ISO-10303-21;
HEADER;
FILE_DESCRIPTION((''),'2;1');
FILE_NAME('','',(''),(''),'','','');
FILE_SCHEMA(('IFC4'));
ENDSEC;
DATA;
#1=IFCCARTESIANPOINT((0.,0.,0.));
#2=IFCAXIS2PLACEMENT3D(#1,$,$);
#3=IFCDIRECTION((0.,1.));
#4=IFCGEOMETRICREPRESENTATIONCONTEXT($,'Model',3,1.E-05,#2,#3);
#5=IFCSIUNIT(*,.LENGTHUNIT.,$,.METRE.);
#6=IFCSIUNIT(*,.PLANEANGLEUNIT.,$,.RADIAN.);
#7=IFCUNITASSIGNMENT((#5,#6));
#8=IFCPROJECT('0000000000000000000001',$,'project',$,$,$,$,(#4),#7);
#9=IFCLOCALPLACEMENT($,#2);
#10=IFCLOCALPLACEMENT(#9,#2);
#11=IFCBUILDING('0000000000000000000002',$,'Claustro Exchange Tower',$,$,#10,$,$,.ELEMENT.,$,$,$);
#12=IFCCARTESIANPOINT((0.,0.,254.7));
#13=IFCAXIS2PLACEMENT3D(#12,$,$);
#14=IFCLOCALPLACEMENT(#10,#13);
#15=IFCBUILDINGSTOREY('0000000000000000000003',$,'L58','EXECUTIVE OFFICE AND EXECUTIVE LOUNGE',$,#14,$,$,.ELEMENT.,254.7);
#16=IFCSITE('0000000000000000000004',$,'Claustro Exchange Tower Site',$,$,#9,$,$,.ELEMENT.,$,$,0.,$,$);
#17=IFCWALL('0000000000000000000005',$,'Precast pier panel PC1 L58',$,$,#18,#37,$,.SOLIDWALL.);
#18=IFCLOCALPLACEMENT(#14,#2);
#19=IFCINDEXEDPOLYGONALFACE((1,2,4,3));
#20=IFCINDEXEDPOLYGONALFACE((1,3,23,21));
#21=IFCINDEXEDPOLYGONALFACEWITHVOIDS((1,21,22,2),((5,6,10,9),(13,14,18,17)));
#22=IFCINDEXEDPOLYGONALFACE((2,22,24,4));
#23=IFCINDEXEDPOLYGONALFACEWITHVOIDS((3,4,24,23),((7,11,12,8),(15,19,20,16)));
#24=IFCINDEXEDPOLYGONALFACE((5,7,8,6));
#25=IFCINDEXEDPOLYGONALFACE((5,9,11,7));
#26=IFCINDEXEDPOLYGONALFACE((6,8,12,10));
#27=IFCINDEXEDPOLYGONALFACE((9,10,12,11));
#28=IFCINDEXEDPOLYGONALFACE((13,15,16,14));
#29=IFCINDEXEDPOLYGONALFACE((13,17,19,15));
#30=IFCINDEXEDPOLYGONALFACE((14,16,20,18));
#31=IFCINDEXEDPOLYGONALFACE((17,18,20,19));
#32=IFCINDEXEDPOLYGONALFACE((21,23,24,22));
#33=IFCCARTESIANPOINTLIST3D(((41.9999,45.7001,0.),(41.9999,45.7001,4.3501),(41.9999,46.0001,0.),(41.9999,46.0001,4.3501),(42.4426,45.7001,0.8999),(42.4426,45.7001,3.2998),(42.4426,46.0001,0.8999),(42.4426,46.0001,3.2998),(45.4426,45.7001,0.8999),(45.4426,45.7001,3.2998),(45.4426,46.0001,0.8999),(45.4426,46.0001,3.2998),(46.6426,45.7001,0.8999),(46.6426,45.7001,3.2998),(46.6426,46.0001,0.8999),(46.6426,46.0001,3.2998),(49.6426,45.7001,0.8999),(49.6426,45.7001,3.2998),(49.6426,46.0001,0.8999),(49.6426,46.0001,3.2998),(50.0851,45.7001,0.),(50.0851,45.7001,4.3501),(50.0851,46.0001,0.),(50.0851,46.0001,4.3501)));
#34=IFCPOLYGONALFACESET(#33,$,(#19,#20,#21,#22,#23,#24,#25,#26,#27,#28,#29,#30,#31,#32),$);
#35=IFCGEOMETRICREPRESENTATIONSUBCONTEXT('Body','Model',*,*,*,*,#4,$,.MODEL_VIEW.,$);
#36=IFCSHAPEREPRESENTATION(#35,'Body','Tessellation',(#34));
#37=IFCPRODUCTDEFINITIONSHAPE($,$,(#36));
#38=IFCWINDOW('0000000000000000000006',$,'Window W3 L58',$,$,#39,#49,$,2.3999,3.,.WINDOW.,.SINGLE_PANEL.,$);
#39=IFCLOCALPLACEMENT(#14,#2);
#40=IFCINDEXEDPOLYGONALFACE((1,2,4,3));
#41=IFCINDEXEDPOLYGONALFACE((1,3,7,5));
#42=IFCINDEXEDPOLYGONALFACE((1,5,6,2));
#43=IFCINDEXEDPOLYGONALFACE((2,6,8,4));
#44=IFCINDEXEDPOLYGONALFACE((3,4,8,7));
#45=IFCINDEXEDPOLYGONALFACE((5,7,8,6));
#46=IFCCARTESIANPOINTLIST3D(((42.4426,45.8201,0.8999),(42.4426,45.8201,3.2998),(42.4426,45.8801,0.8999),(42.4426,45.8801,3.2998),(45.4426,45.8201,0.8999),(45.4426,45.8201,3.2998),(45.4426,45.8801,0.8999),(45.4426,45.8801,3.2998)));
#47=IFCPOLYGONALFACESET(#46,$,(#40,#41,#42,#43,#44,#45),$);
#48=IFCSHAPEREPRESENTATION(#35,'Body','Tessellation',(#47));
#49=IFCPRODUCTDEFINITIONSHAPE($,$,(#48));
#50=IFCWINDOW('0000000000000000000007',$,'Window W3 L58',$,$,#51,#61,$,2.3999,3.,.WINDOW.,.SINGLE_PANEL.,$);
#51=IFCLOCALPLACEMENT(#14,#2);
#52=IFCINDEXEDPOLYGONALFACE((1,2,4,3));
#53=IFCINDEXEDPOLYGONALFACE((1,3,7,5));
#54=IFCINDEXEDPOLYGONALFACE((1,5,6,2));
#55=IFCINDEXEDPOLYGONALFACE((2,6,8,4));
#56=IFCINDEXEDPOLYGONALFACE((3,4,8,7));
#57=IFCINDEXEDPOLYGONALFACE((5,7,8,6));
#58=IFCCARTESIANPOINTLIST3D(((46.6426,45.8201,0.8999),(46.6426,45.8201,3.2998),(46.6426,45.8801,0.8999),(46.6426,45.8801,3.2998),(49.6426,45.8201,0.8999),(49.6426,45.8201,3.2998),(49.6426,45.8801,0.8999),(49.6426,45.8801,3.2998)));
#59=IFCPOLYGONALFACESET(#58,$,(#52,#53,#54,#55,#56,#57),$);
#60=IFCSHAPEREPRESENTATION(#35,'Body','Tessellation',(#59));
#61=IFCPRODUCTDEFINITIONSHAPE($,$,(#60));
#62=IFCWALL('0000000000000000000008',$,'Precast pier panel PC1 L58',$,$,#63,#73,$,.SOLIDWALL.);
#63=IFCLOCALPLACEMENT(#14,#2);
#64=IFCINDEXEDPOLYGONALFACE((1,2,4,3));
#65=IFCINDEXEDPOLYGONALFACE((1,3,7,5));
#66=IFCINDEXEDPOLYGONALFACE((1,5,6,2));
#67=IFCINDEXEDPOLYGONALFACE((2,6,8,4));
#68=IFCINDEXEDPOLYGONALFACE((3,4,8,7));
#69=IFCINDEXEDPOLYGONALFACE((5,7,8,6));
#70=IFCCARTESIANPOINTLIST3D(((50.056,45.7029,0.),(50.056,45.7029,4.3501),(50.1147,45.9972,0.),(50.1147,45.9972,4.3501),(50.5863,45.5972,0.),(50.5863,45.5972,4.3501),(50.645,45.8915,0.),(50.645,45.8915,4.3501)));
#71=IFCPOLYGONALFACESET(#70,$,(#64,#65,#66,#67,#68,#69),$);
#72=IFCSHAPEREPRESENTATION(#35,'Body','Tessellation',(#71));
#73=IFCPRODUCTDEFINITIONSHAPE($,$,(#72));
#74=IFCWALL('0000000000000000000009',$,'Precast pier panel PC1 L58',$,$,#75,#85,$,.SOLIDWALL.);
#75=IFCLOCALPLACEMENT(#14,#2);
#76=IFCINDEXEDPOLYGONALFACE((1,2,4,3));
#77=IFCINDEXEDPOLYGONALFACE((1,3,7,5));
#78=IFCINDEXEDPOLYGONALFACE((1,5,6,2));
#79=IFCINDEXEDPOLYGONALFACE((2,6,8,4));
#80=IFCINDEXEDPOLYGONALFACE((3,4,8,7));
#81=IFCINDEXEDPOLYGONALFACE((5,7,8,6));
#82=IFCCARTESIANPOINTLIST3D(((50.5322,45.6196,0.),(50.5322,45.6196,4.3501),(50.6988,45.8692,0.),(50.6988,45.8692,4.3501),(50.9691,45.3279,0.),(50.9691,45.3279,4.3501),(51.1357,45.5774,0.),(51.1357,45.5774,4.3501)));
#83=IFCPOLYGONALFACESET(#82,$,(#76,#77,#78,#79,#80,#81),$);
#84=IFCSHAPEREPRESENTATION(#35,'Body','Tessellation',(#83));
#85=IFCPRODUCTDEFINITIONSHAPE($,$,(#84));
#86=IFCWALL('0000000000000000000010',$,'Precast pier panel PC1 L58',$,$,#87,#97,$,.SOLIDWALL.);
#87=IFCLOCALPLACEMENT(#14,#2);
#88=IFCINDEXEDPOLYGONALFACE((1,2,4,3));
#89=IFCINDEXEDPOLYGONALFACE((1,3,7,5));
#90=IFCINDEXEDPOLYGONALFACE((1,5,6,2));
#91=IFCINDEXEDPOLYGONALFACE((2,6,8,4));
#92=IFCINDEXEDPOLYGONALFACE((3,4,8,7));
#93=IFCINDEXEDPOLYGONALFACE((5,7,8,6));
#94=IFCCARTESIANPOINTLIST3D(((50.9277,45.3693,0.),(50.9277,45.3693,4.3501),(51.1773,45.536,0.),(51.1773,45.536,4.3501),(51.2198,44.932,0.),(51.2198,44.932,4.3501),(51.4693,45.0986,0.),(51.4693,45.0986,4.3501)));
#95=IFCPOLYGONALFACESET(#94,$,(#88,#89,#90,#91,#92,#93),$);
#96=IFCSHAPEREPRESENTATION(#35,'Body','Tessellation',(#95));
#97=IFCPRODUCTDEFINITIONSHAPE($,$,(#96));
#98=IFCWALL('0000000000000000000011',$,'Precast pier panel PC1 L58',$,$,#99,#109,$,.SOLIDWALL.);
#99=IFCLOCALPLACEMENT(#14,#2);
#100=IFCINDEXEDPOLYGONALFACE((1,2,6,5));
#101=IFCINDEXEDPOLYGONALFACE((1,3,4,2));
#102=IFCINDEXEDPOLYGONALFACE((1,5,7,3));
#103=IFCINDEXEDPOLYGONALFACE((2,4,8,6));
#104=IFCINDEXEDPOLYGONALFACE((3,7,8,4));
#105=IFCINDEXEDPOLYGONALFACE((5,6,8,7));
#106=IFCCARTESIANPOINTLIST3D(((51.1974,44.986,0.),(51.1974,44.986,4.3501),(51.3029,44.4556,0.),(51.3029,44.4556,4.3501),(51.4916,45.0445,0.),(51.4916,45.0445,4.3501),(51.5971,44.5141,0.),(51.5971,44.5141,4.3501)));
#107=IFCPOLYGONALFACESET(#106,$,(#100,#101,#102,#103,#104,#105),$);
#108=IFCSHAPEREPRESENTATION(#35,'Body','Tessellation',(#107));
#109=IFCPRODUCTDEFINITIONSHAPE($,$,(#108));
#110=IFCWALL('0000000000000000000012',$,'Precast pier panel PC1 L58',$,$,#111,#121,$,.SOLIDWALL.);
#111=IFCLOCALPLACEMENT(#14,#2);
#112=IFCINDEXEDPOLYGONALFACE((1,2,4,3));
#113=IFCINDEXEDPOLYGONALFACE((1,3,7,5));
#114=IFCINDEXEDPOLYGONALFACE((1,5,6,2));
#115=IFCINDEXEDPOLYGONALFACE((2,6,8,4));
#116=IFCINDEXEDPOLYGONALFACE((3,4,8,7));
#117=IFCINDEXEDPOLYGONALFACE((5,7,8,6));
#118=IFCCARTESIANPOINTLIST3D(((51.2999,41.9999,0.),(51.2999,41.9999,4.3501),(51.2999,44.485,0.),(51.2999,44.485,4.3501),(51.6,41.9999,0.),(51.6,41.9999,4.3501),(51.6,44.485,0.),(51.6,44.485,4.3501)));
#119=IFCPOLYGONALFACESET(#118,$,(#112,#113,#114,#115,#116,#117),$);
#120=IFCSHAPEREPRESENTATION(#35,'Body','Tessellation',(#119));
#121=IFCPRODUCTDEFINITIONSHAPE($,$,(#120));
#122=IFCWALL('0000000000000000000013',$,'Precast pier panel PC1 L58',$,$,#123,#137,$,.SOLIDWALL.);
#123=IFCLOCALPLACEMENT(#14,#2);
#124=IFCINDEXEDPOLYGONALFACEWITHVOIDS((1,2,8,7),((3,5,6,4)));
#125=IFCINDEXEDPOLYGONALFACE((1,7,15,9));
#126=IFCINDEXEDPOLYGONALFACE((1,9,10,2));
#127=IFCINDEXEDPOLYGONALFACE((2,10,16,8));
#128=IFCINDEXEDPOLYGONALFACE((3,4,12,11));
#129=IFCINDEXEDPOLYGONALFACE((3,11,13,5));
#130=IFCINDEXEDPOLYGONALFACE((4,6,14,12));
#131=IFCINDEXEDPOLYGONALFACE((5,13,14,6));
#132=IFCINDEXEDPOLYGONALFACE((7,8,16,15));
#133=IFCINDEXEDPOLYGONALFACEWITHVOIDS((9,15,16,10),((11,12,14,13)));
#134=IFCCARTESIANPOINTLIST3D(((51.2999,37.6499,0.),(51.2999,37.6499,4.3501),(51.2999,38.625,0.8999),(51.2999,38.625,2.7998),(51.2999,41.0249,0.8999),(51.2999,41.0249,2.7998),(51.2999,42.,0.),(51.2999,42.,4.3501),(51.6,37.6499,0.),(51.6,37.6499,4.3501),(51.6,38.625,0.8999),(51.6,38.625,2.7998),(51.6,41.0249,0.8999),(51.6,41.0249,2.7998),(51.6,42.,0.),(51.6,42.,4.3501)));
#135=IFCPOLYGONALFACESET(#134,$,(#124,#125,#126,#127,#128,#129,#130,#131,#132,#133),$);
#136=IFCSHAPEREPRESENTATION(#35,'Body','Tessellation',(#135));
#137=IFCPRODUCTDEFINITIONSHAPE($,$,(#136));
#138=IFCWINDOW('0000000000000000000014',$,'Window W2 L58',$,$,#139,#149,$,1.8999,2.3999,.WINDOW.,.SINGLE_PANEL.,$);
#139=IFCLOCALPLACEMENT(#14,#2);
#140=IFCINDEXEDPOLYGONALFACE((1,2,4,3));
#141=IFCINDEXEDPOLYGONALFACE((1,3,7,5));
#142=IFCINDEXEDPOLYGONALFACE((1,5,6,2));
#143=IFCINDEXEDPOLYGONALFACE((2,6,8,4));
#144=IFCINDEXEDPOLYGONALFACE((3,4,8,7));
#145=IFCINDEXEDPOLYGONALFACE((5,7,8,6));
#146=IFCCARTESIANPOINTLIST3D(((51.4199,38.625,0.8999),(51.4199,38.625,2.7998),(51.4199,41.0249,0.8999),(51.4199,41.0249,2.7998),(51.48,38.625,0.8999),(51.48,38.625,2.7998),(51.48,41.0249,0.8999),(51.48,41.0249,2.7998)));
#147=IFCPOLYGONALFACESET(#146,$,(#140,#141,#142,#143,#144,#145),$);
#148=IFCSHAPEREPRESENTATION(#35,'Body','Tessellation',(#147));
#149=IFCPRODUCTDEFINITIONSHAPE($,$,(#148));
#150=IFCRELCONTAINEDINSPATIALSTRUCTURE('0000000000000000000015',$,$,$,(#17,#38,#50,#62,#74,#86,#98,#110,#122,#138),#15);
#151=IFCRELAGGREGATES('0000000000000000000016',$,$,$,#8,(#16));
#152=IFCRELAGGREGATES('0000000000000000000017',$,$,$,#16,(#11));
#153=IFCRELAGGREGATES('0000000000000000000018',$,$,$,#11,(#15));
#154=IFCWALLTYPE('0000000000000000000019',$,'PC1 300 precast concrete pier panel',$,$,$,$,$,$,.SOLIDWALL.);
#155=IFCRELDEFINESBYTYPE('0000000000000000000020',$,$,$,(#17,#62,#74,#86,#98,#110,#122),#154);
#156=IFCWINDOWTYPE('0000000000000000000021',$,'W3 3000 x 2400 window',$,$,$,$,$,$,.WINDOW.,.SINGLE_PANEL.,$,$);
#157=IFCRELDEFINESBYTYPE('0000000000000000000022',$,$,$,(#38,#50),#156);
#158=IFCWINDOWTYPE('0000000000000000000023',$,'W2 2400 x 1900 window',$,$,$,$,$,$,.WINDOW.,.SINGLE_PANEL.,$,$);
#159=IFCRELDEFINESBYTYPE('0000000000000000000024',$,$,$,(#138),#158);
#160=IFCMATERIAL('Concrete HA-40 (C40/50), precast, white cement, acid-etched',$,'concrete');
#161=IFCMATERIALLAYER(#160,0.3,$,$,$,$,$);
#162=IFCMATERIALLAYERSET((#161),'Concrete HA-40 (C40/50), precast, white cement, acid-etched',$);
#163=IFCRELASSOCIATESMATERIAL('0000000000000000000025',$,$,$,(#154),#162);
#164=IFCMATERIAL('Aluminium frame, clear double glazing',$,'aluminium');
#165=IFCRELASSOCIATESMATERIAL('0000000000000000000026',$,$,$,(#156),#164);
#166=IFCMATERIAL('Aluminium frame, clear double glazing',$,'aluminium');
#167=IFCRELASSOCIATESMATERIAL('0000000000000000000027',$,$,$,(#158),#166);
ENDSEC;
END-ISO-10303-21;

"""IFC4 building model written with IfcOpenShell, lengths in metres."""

from ifc_helpers import new_model, si_unit, direction, frame, frame_2d, origin, place, context, subcontext, project, spatial, rectangle, extrude, material, layer, layer_set, type_object, element, fill, save


model = new_model("IFC4")

# Units and contexts
model_context = context("Model", 3, precision=1e-05, world=origin(), true_north=direction((0.0, 1.0)))
body_context = subcontext(model_context, "Body", "Model", "MODEL_VIEW")
ifc_project = project(units=[si_unit("LENGTHUNIT", "METRE"), si_unit("PLANEANGLEUNIT", "RADIAN")], contexts=[model_context])

# Site, building, storey
site_placement = place(None, origin())
site = spatial("IfcSite", under=ifc_project, at=site_placement, Name="Claustro Exchange Tower Site", CompositionType="ELEMENT", RefElevation=0.0)
building_placement = place(site_placement, origin())
building = spatial("IfcBuilding", under=site, at=building_placement, Name="Claustro Exchange Tower", CompositionType="ELEMENT")
storey_placement = place(building_placement, frame((0.0, 0.0, 254.7)))
storey = spatial("IfcBuildingStorey", under=building, at=storey_placement, Name="L58", Description="EXECUTIVE OFFICE AND EXECUTIVE LOUNGE", CompositionType="ELEMENT", Elevation=254.7)

# Wall, openings, windows
ifc_material_1 = material(Name="Concrete HA-40 (C40/50), precast, white cement, acid-etched", Category="concrete")
ifc_layer_1 = layer(ifc_material_1, 0.3)
ifc_layer_set_1 = layer_set([ifc_layer_1], Name="Concrete HA-40 (C40/50), precast, white cement, acid-etched")
wall_type_1 = type_object("IfcWallType", Name="PC1 300 precast concrete pier panel", PredefinedType="SOLIDWALL", material=ifc_layer_set_1)
wall_1_placement = place(storey_placement, frame((42.0, 45.8501, 0.0), z_axis=(0.0, 0.0, 1.0), x_axis=(1.0, 0.0, 0.0)))
wall_1 = element("IfcWall", 1, at=wall_1_placement, inside=storey, type_object=wall_type_1, Name="Precast pier panel PC1 L58", PredefinedType="SOLIDWALL", context=body_context, shape_type="SweptSolid", body=[
    extrude(rectangle(XDim=8.0852, YDim=0.3, at=frame_2d((4.0425, 0.0))), origin(), (0.0, 0.0, 1.0), 4.3501),
])
opening_1_placement = place(wall_1_placement, frame((0.4426, 0.0, 0.8999)))
opening_1 = element("IfcOpeningElement", 2, at=opening_1_placement, cuts=wall_1, PredefinedType="OPENING", context=body_context, shape_type="SweptSolid", body=[
    extrude(rectangle(XDim=3.0, YDim=2.3999, at=frame_2d((1.5, 1.2))), frame((0.0, 0.1599, 0.0), z_axis=(0.0, -1.0, 0.0), x_axis=(1.0, 0.0, 0.0)), (0.0, 0.0, 1.0), 0.3201),
])
opening_2_placement = place(wall_1_placement, frame((4.6426, 0.0, 0.8999)))
opening_2 = element("IfcOpeningElement", 3, at=opening_2_placement, cuts=wall_1, PredefinedType="OPENING", context=body_context, shape_type="SweptSolid", body=[
    extrude(rectangle(XDim=3.0, YDim=2.3999, at=frame_2d((1.5, 1.2))), frame((0.0, 0.1599, 0.0), z_axis=(0.0, -1.0, 0.0), x_axis=(1.0, 0.0, 0.0)), (0.0, 0.0, 1.0), 0.3201),
])
ifc_material_2 = material(Name="Aluminium frame, clear double glazing", Category="aluminium")
window_type_1 = type_object("IfcWindowType", Name="W3 3000 x 2400 window", PartitioningType="SINGLE_PANEL", PredefinedType="WINDOW", material=ifc_material_2)
window_1_placement = place(opening_1_placement, origin())
window_1 = element("IfcWindow", 4, at=window_1_placement, inside=storey, type_object=window_type_1, Name="Window W3 L58", OverallHeight=2.3999, OverallWidth=3.0, PartitioningType="SINGLE_PANEL", PredefinedType="WINDOW", context=body_context, shape_type="SweptSolid", body=[
    extrude(rectangle(XDim=3.0, YDim=2.3999, at=frame_2d((1.5, 1.2))), frame((0.0, 0.03, 0.0), z_axis=(0.0, -1.0, 0.0), x_axis=(1.0, 0.0, 0.0)), (0.0, 0.0, 1.0), 0.0601),
])
fill(opening_1, window_1)
window_2_placement = place(opening_2_placement, origin())
window_2 = element("IfcWindow", 5, at=window_2_placement, inside=storey, type_object=window_type_1, Name="Window W3 L58", OverallHeight=2.3999, OverallWidth=3.0, PartitioningType="SINGLE_PANEL", PredefinedType="WINDOW", context=body_context, shape_type="SweptSolid", body=[
    extrude(rectangle(XDim=3.0, YDim=2.3999, at=frame_2d((1.5, 1.2))), frame((0.0, 0.03, 0.0), z_axis=(0.0, -1.0, 0.0), x_axis=(1.0, 0.0, 0.0)), (0.0, 0.0, 1.0), 0.0601),
])
fill(opening_2, window_2)

# Walls
wall_2_placement = place(storey_placement, frame((50.0852, 45.8501, 0.0), z_axis=(0.0, 0.0, 1.0), x_axis=(0.980702, -0.195508, 0.0)))
element("IfcWall", 6, at=wall_2_placement, inside=storey, type_object=wall_type_1, Name="Precast pier panel PC1 L58", PredefinedType="SOLIDWALL", context=body_context, shape_type="SweptSolid", body=[
    extrude(rectangle(XDim=0.5408, YDim=0.3, at=frame_2d((0.2705, 0.0))), origin(), (0.0, 0.0, 1.0), 4.3501),
])
wall_3_placement = place(storey_placement, frame((50.6155, 45.7444, 0.0), z_axis=(0.0, 0.0, 1.0), x_axis=(0.831693, -0.555236, 0.0)))
element("IfcWall", 7, at=wall_3_placement, inside=storey, type_object=wall_type_1, Name="Precast pier panel PC1 L58", PredefinedType="SOLIDWALL", context=body_context, shape_type="SweptSolid", body=[
    extrude(rectangle(XDim=0.5254, YDim=0.3, at=frame_2d((0.2627, 0.0))), origin(), (0.0, 0.0, 1.0), 4.3501),
])
wall_4_placement = place(storey_placement, frame((51.0525, 45.4526, 0.0), z_axis=(0.0, 0.0, 1.0), x_axis=(0.555343, -0.831621, 0.0)))
element("IfcWall", 8, at=wall_4_placement, inside=storey, type_object=wall_type_1, Name="Precast pier panel PC1 L58", PredefinedType="SOLIDWALL", context=body_context, shape_type="SweptSolid", body=[
    extrude(rectangle(XDim=0.5259, YDim=0.3, at=frame_2d((0.2629, 0.0))), origin(), (0.0, 0.0, 1.0), 4.3501),
])
wall_5_placement = place(storey_placement, frame((51.3445, 45.0154, 0.0), z_axis=(0.0, 0.0, 1.0), x_axis=(0.195074, -0.980789, 0.0)))
element("IfcWall", 9, at=wall_5_placement, inside=storey, type_object=wall_type_1, Name="Precast pier panel PC1 L58", PredefinedType="SOLIDWALL", context=body_context, shape_type="SweptSolid", body=[
    extrude(rectangle(XDim=0.5408, YDim=0.3, at=frame_2d((0.2705, 0.0))), origin(), (0.0, 0.0, 1.0), 4.3501),
])
wall_6_placement = place(storey_placement, frame((51.45, 44.4851, 0.0), z_axis=(0.0, 0.0, 1.0), x_axis=(0.0, -1.0, 0.0)))
element("IfcWall", 10, at=wall_6_placement, inside=storey, type_object=wall_type_1, Name="Precast pier panel PC1 L58", PredefinedType="SOLIDWALL", context=body_context, shape_type="SweptSolid", body=[
    extrude(rectangle(XDim=2.4851, YDim=0.3, at=frame_2d((1.2427, 0.0))), origin(), (0.0, 0.0, 1.0), 4.3501),
])

# Wall, opening, window
wall_7_placement = place(storey_placement, frame((51.45, 42.0, 0.0), z_axis=(0.0, 0.0, 1.0), x_axis=(0.0, -1.0, 0.0)))
wall_7 = element("IfcWall", 11, at=wall_7_placement, inside=storey, type_object=wall_type_1, Name="Precast pier panel PC1 L58", PredefinedType="SOLIDWALL", context=body_context, shape_type="SweptSolid", body=[
    extrude(rectangle(XDim=4.3501, YDim=0.3, at=frame_2d((2.175, 0.0))), origin(), (0.0, 0.0, 1.0), 4.3501),
])
opening_3_placement = place(wall_7_placement, frame((0.9751, 0.0, 0.8999)))
opening_3 = element("IfcOpeningElement", 12, at=opening_3_placement, cuts=wall_7, PredefinedType="OPENING", context=body_context, shape_type="SweptSolid", body=[
    extrude(rectangle(XDim=2.3999, YDim=1.8999, at=frame_2d((1.2, 0.95))), frame((0.0, 0.1599, 0.0), z_axis=(0.0, -1.0, 0.0), x_axis=(1.0, 0.0, 0.0)), (0.0, 0.0, 1.0), 0.3201),
])
ifc_material_3 = material(Name="Aluminium frame, clear double glazing", Category="aluminium")
window_type_2 = type_object("IfcWindowType", Name="W2 2400 x 1900 window", PartitioningType="SINGLE_PANEL", PredefinedType="WINDOW", material=ifc_material_3)
window_3_placement = place(opening_3_placement, origin())
window_3 = element("IfcWindow", 13, at=window_3_placement, inside=storey, type_object=window_type_2, Name="Window W2 L58", OverallHeight=1.8999, OverallWidth=2.3999, PartitioningType="SINGLE_PANEL", PredefinedType="WINDOW", context=body_context, shape_type="SweptSolid", body=[
    extrude(rectangle(XDim=2.3999, YDim=1.8999, at=frame_2d((1.2, 0.95))), frame((0.0, 0.03, 0.0), z_axis=(0.0, -1.0, 0.0), x_axis=(1.0, 0.0, 0.0)), (0.0, 0.0, 1.0), 0.0601),
])
fill(opening_3, window_3)

save(model, "model.ifc")
